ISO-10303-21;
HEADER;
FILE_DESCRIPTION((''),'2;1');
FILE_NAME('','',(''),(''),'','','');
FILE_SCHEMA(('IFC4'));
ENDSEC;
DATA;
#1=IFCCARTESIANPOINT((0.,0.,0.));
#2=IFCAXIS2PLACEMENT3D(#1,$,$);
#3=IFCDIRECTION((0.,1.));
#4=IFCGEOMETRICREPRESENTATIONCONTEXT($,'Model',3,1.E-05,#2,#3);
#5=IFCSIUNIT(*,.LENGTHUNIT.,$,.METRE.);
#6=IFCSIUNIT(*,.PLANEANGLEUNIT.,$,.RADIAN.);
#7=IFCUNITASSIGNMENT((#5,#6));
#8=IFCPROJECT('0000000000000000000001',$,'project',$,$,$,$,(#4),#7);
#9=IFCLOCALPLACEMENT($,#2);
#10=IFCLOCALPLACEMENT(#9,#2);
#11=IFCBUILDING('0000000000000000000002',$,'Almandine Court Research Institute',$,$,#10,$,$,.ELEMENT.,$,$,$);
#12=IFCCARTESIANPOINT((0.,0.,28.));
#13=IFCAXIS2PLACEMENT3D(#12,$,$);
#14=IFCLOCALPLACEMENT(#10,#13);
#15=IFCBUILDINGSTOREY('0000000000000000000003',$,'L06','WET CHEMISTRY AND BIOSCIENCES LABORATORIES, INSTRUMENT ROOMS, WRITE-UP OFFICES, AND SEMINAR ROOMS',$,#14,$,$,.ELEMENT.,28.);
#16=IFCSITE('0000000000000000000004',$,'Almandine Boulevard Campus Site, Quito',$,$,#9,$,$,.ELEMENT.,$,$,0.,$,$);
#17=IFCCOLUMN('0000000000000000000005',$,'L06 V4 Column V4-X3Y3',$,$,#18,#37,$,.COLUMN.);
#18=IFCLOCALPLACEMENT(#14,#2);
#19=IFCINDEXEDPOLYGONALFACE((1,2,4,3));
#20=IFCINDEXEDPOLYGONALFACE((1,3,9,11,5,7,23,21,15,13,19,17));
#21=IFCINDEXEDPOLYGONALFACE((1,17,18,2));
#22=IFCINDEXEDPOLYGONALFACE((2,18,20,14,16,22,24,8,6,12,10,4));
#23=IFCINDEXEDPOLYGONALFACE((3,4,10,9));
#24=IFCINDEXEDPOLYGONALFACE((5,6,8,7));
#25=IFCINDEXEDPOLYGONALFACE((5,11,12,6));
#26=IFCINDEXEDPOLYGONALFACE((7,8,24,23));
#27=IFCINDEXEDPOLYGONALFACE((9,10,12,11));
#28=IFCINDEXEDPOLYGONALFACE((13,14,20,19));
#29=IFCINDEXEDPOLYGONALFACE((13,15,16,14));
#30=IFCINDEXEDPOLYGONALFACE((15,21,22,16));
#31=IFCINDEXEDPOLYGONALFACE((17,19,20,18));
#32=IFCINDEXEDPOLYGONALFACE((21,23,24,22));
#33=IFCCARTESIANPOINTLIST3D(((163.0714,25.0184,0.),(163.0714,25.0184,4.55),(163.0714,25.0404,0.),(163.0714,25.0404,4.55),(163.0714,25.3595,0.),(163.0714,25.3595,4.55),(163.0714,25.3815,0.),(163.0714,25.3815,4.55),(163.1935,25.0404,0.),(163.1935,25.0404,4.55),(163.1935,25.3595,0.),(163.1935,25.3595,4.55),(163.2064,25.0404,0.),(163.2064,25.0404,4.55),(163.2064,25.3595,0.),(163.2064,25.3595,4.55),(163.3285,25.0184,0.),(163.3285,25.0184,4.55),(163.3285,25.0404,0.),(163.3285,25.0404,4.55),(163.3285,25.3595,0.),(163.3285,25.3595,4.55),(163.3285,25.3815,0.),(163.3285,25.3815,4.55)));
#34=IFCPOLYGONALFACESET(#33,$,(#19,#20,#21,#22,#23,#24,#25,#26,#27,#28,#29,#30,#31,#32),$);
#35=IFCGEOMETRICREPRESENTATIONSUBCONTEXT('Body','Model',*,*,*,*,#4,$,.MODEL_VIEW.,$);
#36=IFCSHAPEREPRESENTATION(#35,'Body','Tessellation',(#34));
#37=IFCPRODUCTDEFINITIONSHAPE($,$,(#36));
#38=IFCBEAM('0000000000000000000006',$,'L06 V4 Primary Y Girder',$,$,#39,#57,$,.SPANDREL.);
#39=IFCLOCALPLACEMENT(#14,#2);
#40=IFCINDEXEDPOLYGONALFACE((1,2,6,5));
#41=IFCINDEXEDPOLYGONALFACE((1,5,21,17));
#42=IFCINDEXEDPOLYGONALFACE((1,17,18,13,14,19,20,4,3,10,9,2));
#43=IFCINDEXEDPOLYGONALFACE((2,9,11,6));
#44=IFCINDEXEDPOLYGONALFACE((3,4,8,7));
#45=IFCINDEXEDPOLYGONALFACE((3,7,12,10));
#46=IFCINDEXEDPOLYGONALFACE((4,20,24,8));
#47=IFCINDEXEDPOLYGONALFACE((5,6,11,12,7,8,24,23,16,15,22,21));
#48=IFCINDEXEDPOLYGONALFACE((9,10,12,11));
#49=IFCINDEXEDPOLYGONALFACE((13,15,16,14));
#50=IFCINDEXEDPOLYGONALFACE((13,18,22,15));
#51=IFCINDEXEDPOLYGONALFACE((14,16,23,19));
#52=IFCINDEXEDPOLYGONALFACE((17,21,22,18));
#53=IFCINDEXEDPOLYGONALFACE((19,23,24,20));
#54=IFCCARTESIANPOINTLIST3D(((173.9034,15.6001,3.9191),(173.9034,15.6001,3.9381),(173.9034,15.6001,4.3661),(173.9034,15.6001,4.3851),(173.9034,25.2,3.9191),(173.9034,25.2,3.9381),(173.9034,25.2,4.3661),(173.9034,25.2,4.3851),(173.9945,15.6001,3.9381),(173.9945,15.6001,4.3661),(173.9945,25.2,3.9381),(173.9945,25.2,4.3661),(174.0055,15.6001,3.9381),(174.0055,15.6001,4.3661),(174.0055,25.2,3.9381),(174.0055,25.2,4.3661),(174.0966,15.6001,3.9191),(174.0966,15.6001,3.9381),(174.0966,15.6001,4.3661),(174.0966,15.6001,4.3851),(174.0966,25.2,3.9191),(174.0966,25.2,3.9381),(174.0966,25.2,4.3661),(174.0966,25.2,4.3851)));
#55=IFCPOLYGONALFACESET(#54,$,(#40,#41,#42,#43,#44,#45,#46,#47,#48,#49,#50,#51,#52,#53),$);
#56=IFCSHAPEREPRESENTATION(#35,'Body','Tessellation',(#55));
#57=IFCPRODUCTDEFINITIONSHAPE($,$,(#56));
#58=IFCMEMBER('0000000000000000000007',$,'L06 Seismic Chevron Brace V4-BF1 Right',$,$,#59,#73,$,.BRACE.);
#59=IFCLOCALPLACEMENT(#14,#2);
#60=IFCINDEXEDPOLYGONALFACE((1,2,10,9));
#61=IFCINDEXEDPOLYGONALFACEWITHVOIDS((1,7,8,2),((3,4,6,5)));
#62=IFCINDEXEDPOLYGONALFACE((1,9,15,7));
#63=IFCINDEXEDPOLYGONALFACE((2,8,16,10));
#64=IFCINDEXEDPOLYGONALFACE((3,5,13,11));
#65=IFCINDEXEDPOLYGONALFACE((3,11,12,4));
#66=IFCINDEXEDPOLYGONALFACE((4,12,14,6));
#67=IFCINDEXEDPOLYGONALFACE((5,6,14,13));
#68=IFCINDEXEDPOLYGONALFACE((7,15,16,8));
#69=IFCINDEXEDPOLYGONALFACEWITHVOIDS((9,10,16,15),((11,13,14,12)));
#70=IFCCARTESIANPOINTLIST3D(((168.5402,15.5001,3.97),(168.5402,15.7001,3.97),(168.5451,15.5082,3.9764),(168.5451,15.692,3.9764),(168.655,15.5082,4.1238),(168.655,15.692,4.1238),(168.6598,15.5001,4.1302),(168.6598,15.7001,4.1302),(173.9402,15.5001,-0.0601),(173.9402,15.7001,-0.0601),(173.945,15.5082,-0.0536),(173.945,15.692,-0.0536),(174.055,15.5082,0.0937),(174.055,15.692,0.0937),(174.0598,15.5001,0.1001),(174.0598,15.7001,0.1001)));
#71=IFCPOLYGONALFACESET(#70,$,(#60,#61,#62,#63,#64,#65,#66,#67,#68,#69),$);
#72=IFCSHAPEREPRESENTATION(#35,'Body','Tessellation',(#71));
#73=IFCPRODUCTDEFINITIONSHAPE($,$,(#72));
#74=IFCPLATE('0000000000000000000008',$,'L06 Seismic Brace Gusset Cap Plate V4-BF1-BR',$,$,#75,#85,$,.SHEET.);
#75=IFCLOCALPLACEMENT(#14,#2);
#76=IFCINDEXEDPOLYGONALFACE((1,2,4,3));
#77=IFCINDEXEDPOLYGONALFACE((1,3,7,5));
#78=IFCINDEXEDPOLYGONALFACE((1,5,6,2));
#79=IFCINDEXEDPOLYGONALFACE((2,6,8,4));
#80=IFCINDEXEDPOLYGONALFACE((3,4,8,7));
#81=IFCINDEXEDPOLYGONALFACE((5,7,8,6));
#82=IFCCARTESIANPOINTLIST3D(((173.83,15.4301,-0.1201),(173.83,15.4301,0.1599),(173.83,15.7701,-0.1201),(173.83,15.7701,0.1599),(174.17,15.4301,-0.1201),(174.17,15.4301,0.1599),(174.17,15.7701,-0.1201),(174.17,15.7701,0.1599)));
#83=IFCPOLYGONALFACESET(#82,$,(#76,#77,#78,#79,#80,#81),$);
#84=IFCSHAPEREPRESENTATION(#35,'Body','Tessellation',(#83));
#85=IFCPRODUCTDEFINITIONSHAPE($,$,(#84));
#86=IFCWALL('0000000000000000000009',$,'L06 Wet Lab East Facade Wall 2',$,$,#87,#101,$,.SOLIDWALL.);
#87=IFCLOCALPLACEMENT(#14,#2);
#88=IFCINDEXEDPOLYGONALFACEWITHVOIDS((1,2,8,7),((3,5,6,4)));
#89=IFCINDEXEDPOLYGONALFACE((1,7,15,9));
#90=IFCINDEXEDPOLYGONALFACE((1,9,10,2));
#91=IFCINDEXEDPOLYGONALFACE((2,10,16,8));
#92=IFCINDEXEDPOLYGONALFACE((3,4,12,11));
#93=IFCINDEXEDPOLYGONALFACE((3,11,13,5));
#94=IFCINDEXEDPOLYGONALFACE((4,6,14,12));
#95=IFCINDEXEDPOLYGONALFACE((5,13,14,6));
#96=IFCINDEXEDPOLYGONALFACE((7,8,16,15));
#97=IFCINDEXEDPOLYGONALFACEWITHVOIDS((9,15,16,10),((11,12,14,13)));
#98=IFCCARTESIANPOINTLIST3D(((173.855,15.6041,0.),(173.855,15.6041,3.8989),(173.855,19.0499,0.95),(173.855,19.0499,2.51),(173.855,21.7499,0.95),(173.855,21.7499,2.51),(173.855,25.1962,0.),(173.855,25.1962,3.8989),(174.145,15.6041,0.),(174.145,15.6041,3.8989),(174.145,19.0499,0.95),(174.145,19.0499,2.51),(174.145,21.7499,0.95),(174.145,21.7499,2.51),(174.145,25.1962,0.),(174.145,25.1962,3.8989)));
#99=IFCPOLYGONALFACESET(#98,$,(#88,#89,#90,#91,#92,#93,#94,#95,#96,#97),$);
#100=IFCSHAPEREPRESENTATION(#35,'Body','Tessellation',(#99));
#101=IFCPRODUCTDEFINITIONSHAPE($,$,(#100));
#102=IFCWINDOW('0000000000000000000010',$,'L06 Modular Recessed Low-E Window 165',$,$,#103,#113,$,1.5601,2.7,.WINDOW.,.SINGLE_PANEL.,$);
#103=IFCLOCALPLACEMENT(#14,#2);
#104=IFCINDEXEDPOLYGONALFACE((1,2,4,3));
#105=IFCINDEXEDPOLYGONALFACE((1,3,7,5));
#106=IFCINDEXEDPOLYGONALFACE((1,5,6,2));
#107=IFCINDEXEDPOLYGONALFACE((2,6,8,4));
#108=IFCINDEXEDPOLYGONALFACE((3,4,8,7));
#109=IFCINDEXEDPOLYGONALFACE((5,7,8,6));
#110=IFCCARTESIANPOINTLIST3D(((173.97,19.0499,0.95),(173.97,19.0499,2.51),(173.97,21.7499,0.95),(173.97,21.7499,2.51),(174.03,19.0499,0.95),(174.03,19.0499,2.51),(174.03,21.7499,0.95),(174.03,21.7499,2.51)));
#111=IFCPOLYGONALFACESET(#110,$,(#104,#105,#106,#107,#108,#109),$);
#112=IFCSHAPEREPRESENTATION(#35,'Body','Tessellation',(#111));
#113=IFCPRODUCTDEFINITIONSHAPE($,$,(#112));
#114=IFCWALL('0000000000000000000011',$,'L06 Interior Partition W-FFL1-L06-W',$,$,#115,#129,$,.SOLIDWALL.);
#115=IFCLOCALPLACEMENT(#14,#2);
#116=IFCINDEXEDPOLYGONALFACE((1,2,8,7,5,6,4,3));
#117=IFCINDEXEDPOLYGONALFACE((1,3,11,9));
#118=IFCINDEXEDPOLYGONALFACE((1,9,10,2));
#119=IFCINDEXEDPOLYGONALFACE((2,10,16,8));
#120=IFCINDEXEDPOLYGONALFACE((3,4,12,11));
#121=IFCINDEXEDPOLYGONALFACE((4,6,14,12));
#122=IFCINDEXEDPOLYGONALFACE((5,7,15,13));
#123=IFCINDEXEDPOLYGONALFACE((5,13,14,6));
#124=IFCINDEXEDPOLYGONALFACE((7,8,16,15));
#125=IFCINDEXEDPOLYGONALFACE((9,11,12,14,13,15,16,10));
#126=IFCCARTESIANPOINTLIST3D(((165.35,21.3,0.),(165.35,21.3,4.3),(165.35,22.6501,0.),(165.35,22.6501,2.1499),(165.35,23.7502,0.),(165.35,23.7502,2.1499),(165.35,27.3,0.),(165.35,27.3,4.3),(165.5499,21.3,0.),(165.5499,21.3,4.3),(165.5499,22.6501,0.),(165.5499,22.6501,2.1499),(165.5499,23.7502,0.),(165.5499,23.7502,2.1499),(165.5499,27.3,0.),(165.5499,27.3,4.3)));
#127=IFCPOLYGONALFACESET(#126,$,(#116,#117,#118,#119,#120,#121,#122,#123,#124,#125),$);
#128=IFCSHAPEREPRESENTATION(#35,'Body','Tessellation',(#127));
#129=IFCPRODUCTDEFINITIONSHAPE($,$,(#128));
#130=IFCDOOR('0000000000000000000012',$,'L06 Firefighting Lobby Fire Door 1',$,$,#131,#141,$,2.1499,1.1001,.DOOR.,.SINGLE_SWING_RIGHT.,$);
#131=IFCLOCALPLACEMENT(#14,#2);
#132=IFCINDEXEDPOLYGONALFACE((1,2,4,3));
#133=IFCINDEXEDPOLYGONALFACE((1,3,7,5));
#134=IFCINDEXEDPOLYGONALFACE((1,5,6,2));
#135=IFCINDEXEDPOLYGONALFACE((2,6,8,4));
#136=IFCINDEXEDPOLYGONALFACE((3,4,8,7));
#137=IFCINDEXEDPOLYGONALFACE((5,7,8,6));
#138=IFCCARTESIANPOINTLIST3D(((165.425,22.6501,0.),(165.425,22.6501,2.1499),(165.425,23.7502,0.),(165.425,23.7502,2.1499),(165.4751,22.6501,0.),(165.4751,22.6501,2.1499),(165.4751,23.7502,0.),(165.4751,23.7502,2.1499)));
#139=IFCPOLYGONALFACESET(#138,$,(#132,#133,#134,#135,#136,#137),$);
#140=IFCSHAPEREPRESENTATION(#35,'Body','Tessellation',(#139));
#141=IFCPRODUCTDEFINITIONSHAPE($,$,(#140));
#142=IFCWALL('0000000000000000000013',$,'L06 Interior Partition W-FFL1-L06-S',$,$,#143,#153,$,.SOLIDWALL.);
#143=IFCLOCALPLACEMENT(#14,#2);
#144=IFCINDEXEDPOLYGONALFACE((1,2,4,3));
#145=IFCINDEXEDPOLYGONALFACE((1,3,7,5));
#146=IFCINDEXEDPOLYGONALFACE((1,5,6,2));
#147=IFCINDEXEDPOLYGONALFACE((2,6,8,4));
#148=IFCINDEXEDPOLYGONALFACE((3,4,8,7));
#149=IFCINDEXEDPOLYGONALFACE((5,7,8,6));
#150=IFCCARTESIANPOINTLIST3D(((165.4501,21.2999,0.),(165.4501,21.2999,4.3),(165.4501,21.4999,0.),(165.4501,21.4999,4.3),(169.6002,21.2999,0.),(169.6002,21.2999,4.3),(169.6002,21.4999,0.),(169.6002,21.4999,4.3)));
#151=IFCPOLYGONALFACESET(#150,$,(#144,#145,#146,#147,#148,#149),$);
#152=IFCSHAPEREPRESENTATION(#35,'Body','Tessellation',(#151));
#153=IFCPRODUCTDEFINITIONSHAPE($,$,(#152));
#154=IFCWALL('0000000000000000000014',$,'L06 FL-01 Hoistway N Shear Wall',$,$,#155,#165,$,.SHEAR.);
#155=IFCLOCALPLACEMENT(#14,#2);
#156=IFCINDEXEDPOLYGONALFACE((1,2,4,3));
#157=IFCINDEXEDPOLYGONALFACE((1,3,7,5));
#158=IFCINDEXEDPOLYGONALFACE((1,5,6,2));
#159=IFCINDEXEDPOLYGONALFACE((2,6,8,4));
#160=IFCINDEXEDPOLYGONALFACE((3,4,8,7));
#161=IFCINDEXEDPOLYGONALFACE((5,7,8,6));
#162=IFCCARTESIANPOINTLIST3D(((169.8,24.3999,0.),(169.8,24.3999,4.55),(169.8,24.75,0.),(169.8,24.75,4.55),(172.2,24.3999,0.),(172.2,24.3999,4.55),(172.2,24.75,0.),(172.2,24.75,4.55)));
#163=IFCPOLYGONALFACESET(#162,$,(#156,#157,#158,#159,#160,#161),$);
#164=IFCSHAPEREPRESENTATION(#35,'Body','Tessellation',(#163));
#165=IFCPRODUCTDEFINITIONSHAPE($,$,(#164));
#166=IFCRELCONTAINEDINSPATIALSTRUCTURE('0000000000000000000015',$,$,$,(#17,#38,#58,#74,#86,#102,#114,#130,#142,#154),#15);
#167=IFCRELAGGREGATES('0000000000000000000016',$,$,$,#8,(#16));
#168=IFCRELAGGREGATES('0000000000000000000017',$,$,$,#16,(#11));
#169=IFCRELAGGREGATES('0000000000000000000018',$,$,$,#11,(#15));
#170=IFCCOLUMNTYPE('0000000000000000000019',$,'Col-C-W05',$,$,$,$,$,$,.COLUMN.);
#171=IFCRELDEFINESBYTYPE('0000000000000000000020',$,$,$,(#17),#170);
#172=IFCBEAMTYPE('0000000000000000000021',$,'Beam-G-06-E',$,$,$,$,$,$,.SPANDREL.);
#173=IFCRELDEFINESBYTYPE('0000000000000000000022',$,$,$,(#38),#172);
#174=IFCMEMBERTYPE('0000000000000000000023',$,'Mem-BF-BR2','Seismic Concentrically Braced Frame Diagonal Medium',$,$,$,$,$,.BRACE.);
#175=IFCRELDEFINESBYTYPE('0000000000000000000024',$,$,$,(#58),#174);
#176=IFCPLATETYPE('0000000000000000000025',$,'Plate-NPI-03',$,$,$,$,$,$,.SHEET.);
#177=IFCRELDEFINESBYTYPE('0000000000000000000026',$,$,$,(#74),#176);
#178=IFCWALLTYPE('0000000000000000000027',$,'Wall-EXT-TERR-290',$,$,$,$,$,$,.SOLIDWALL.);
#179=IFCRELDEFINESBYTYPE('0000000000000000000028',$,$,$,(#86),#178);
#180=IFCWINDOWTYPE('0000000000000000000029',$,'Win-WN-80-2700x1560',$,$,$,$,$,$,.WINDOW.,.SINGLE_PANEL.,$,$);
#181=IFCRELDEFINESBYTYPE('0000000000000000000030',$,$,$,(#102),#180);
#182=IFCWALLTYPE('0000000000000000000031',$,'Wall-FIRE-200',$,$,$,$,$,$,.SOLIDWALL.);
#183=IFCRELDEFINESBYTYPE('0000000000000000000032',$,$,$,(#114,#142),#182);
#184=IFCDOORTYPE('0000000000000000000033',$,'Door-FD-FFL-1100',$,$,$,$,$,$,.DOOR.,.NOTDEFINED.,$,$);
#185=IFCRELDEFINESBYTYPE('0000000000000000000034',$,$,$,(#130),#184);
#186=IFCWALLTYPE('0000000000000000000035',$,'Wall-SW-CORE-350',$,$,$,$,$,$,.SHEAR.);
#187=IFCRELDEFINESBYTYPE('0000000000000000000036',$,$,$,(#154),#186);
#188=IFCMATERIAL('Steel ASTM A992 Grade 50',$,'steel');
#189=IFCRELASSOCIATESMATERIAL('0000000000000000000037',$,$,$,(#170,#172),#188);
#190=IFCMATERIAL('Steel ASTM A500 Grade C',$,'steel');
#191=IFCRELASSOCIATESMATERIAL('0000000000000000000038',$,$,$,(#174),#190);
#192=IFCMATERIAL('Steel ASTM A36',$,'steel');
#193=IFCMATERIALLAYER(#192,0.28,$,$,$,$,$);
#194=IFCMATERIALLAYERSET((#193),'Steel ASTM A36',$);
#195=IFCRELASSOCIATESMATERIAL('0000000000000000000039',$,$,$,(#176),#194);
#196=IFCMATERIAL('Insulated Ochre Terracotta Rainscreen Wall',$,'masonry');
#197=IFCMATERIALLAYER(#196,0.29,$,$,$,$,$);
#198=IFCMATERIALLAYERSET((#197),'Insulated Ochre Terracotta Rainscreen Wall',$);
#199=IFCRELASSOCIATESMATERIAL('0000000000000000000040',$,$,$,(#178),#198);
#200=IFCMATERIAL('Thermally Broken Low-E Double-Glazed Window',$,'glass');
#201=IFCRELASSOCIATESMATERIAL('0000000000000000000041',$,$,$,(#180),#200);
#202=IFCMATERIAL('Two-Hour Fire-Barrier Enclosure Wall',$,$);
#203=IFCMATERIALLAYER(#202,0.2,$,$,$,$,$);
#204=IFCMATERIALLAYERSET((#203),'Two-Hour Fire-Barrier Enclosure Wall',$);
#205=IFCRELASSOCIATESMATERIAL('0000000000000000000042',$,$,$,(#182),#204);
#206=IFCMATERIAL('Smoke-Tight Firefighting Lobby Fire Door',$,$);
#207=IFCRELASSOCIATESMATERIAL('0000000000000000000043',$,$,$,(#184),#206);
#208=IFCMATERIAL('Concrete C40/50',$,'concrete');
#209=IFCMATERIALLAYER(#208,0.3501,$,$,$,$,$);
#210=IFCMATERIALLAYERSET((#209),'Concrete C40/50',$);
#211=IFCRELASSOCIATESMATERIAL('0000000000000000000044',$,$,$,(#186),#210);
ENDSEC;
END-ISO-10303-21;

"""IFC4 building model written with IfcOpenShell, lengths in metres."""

from ifc_helpers import new_model, si_unit, direction, frame, frame_2d, origin, origin_2d, place, context, subcontext, project, spatial, rectangle, hollow_rectangle, i_section, extrude, material, layer, layer_set, material_profile, profile_set, type_object, element, fill, save


model = new_model("IFC4")

# Units and contexts
model_context = context("Model", 3, precision=1e-05, world=origin(), true_north=direction((0.0, 1.0)))
body_context = subcontext(model_context, "Body", "Model", "MODEL_VIEW")
ifc_project = project(units=[si_unit("LENGTHUNIT", "METRE"), si_unit("PLANEANGLEUNIT", "RADIAN")], contexts=[model_context])

# Site, building, storey
site_placement = place(None, origin())
site = spatial("IfcSite", under=ifc_project, at=site_placement, Name="Almandine Boulevard Campus Site, Quito", CompositionType="ELEMENT", RefElevation=0.0)
building_placement = place(site_placement, origin())
building = spatial("IfcBuilding", under=site, at=building_placement, Name="Almandine Court Research Institute", CompositionType="ELEMENT")
storey_placement = place(building_placement, frame((0.0, 0.0, 28.0)))
storey = spatial("IfcBuildingStorey", under=building, at=storey_placement, Name="L06", Description="WET CHEMISTRY AND BIOSCIENCES LABORATORIES, INSTRUMENT ROOMS, WRITE-UP OFFICES, AND SEMINAR ROOMS", CompositionType="ELEMENT", Elevation=28.0)

# Column
ifc_material_1 = material(Name="Steel ASTM A992 Grade 50", Category="steel")
ifc_material_profile_1 = material_profile(ifc_material_1, i_section(OverallWidth=0.2571, OverallDepth=0.363, WebThickness=0.0129, FlangeThickness=0.022, at=origin_2d()), Name="W360x122")
ifc_profile_set_1 = profile_set([ifc_material_profile_1], Name="Steel ASTM A992 Grade 50")
column_type = type_object("IfcColumnType", Name="Col-C-W05", PredefinedType="COLUMN", material=ifc_profile_set_1)
column_placement = place(storey_placement, frame((163.2, 25.2, 0.0), z_axis=(0.0, 0.0, 1.0), x_axis=(1.0, 0.0, 0.0)))
element("IfcColumn", 1, at=column_placement, inside=storey, type_object=column_type, Name="L06 V4 Column V4-X3Y3", PredefinedType="COLUMN", context=body_context, shape_type="SweptSolid", body=[
    extrude(i_section(OverallWidth=0.2571, OverallDepth=0.363, WebThickness=0.0129, FlangeThickness=0.022, at=origin_2d()), origin(), (0.0, 0.0, 1.0), 4.55),
])

# Beam
ifc_material_profile_2 = material_profile(ifc_material_1, i_section(OverallWidth=0.1931, OverallDepth=0.4661, WebThickness=0.011, FlangeThickness=0.019, at=origin_2d()), Name="W460x97")
ifc_profile_set_2 = profile_set([ifc_material_profile_2], Name="Steel ASTM A992 Grade 50")
beam_type = type_object("IfcBeamType", Name="Beam-G-06-E", PredefinedType="SPANDREL", material=ifc_profile_set_2)
beam_placement = place(storey_placement, frame((174.0, 15.6001, 4.1521), z_axis=(0.0, 1.0, 0.0), x_axis=(-1.0, 0.0, 0.0)))
element("IfcBeam", 2, at=beam_placement, inside=storey, type_object=beam_type, Name="L06 V4 Primary Y Girder", PredefinedType="SPANDREL", context=body_context, shape_type="SweptSolid", body=[
    extrude(i_section(OverallWidth=0.1931, OverallDepth=0.4661, WebThickness=0.011, FlangeThickness=0.019, at=origin_2d()), origin(), (0.0, 0.0, 1.0), 9.5999),
])

# Member
ifc_material_2 = material(Name="Steel ASTM A500 Grade C", Category="steel")
ifc_material_profile_3 = material_profile(ifc_material_2, hollow_rectangle(XDim=0.2, YDim=0.2, WallThickness=0.0081, at=origin_2d()), Name="HSS 200x200x8")
ifc_profile_set_3 = profile_set([ifc_material_profile_3], Name="Steel ASTM A500 Grade C")
member_type = type_object("IfcMemberType", Name="Mem-BF-BR2", Description="Seismic Concentrically Braced Frame Diagonal Medium", PredefinedType="BRACE", material=ifc_profile_set_3)
member_placement = place(storey_placement, frame((174.0, 15.6001, 0.02), z_axis=(-0.801415, 0.0, 0.598108), x_axis=(0.0, -1.0, 0.0)))
element("IfcMember", 3, at=member_placement, inside=storey, type_object=member_type, Name="L06 Seismic Chevron Brace V4-BF1 Right", PredefinedType="BRACE", context=body_context, shape_type="SweptSolid", body=[
    extrude(hollow_rectangle(XDim=0.2, YDim=0.2, WallThickness=0.0081, at=origin_2d()), origin(), (0.0, 0.0, 1.0), 6.738),
])

# Plate
ifc_material_3 = material(Name="Steel ASTM A36", Category="steel")
ifc_layer_1 = layer(ifc_material_3, 0.28)
ifc_layer_set_1 = layer_set([ifc_layer_1], Name="Steel ASTM A36")
plate_type = type_object("IfcPlateType", Name="Plate-NPI-03", PredefinedType="SHEET", material=ifc_layer_set_1)
plate_placement = place(storey_placement, frame((174.0, 15.6001, -0.1201), z_axis=(0.0, 0.0, 1.0), x_axis=(1.0, 0.0, 0.0)))
element("IfcPlate", 4, at=plate_placement, inside=storey, type_object=plate_type, Name="L06 Seismic Brace Gusset Cap Plate V4-BF1-BR", PredefinedType="SHEET", context=body_context, shape_type="SweptSolid", body=[
    extrude(rectangle(XDim=0.3401, YDim=0.3401, at=origin_2d()), origin(), (0.0, 0.0, 1.0), 0.28),
])

# Wall, opening, window
ifc_material_4 = material(Name="Insulated Ochre Terracotta Rainscreen Wall", Category="masonry")
ifc_layer_2 = layer(ifc_material_4, 0.29)
ifc_layer_set_2 = layer_set([ifc_layer_2], Name="Insulated Ochre Terracotta Rainscreen Wall")
wall_type_1 = type_object("IfcWallType", Name="Wall-EXT-TERR-290", PredefinedType="SOLIDWALL", material=ifc_layer_set_2)
wall_1_placement = place(storey_placement, frame((174.0, 25.196, 0.0), z_axis=(0.0, 0.0, 1.0), x_axis=(0.0, -1.0, 0.0)))
wall_1 = element("IfcWall", 5, at=wall_1_placement, inside=storey, type_object=wall_type_1, Name="L06 Wet Lab East Facade Wall 2", PredefinedType="SOLIDWALL", context=body_context, shape_type="SweptSolid", body=[
    extrude(rectangle(XDim=9.592, YDim=0.29, at=frame_2d((4.7959, 0.0))), origin(), (0.0, 0.0, 1.0), 3.8989),
])
opening_1_placement = place(wall_1_placement, frame((3.446, 0.0, 0.95)))
opening_1 = element("IfcOpeningElement", 6, at=opening_1_placement, cuts=wall_1, PredefinedType="OPENING", context=body_context, shape_type="SweptSolid", body=[
    extrude(rectangle(XDim=2.7, YDim=1.5601, at=frame_2d((1.3501, 0.78))), frame((0.0, 0.155, 0.0), z_axis=(0.0, -1.0, 0.0), x_axis=(1.0, 0.0, 0.0)), (0.0, 0.0, 1.0), 0.3101),
])
ifc_material_5 = material(Name="Thermally Broken Low-E Double-Glazed Window", Category="glass")
window_type = type_object("IfcWindowType", Name="Win-WN-80-2700x1560", PartitioningType="SINGLE_PANEL", PredefinedType="WINDOW", material=ifc_material_5)
window_placement = place(opening_1_placement, origin())
window = element("IfcWindow", 7, at=window_placement, inside=storey, type_object=window_type, Name="L06 Modular Recessed Low-E Window 165", OverallHeight=1.5601, OverallWidth=2.7, PartitioningType="SINGLE_PANEL", PredefinedType="WINDOW", context=body_context, shape_type="SweptSolid", body=[
    extrude(rectangle(XDim=2.7, YDim=1.5601, at=frame_2d((1.3501, 0.78))), frame((0.0, 0.03, 0.0), z_axis=(0.0, -1.0, 0.0), x_axis=(1.0, 0.0, 0.0)), (0.0, 0.0, 1.0), 0.0601),
])
fill(opening_1, window)

# Wall, opening, door
ifc_material_6 = material(Name="Two-Hour Fire-Barrier Enclosure Wall")
ifc_layer_3 = layer(ifc_material_6, 0.2)
ifc_layer_set_3 = layer_set([ifc_layer_3], Name="Two-Hour Fire-Barrier Enclosure Wall")
wall_type_2 = type_object("IfcWallType", Name="Wall-FIRE-200", PredefinedType="SOLIDWALL", material=ifc_layer_set_3)
wall_2_placement = place(storey_placement, frame((165.45, 21.3, 0.0), z_axis=(0.0, 0.0, 1.0), x_axis=(0.0, 1.0, 0.0)))
wall_2 = element("IfcWall", 8, at=wall_2_placement, inside=storey, type_object=wall_type_2, Name="L06 Interior Partition W-FFL1-L06-W", PredefinedType="SOLIDWALL", context=body_context, shape_type="SweptSolid", body=[
    extrude(rectangle(XDim=6.0, YDim=0.2, at=frame_2d((3.0, 0.0))), origin(), (0.0, 0.0, 1.0), 4.3),
])
opening_2_placement = place(wall_2_placement, frame((1.3501, 0.0, 0.0)))
opening_2 = element("IfcOpeningElement", 9, at=opening_2_placement, cuts=wall_2, PredefinedType="OPENING", context=body_context, shape_type="SweptSolid", body=[
    extrude(rectangle(XDim=1.1001, YDim=2.1499, at=frame_2d((0.55, 1.075))), frame((0.0, 0.1099, 0.0), z_axis=(0.0, -1.0, 0.0), x_axis=(1.0, 0.0, 0.0)), (0.0, 0.0, 1.0), 0.22),
])
ifc_material_7 = material(Name="Smoke-Tight Firefighting Lobby Fire Door")
door_type_1 = type_object("IfcDoorType", Name="Door-FD-FFL-1100", OperationType="NOTDEFINED", PredefinedType="DOOR", material=ifc_material_7)
door_1_placement = place(opening_2_placement, origin())
door_1 = element("IfcDoor", 10, at=door_1_placement, inside=storey, type_object=door_type_1, Name="L06 Firefighting Lobby Fire Door 1", OperationType="SINGLE_SWING_RIGHT", OverallHeight=2.1499, OverallWidth=1.1001, PredefinedType="DOOR", context=body_context, shape_type="SweptSolid", body=[
    extrude(rectangle(XDim=1.1001, YDim=2.1499, at=frame_2d((0.55, 1.075))), frame((0.0, 0.0249, 0.0), z_axis=(0.0, -1.0, 0.0), x_axis=(1.0, 0.0, 0.0)), (0.0, 0.0, 1.0), 0.05),
])
fill(opening_2, door_1)

# Wall
wall_3_placement = place(storey_placement, frame((165.45, 21.3999, 0.0), z_axis=(0.0, 0.0, 1.0), x_axis=(1.0, 0.0, 0.0)))
element("IfcWall", 11, at=wall_3_placement, inside=storey, type_object=wall_type_2, Name="L06 Interior Partition W-FFL1-L06-S", PredefinedType="SOLIDWALL", context=body_context, shape_type="SweptSolid", body=[
    extrude(rectangle(XDim=4.1501, YDim=0.2, at=frame_2d((2.0752, 0.0))), origin(), (0.0, 0.0, 1.0), 4.3),
])

# Shared definitions
ifc_material_8 = material(Name="Concrete C40/50", Category="concrete")
ifc_layer_4 = layer(ifc_material_8, 0.3501)
ifc_layer_set_4 = layer_set([ifc_layer_4], Name="Concrete C40/50")
wall_type_3 = type_object("IfcWallType", Name="Wall-SW-CORE-350", PredefinedType="SHEAR", material=ifc_layer_set_4)

# Wall
for number, where, z_axis, x_axis, name in (
    (12, (169.8, 24.575, 0.0), (0.0, 0.0, 1.0), (1.0, 0.0, 0.0), "L06 FL-01 Hoistway N Shear Wall"),
):
    element("IfcWall", number, at=place(storey_placement, frame(where, z_axis=z_axis, x_axis=x_axis)), inside=storey, type_object=wall_type_3, Name=name, PredefinedType="SHEAR", context=body_context, shape_type="SweptSolid", body=[
        extrude(rectangle(XDim=2.3999, YDim=0.3501, at=frame_2d((1.2, 0.0))), origin(), (0.0, 0.0, 1.0), 4.55),
    ])

save(model, "model.ifc")
